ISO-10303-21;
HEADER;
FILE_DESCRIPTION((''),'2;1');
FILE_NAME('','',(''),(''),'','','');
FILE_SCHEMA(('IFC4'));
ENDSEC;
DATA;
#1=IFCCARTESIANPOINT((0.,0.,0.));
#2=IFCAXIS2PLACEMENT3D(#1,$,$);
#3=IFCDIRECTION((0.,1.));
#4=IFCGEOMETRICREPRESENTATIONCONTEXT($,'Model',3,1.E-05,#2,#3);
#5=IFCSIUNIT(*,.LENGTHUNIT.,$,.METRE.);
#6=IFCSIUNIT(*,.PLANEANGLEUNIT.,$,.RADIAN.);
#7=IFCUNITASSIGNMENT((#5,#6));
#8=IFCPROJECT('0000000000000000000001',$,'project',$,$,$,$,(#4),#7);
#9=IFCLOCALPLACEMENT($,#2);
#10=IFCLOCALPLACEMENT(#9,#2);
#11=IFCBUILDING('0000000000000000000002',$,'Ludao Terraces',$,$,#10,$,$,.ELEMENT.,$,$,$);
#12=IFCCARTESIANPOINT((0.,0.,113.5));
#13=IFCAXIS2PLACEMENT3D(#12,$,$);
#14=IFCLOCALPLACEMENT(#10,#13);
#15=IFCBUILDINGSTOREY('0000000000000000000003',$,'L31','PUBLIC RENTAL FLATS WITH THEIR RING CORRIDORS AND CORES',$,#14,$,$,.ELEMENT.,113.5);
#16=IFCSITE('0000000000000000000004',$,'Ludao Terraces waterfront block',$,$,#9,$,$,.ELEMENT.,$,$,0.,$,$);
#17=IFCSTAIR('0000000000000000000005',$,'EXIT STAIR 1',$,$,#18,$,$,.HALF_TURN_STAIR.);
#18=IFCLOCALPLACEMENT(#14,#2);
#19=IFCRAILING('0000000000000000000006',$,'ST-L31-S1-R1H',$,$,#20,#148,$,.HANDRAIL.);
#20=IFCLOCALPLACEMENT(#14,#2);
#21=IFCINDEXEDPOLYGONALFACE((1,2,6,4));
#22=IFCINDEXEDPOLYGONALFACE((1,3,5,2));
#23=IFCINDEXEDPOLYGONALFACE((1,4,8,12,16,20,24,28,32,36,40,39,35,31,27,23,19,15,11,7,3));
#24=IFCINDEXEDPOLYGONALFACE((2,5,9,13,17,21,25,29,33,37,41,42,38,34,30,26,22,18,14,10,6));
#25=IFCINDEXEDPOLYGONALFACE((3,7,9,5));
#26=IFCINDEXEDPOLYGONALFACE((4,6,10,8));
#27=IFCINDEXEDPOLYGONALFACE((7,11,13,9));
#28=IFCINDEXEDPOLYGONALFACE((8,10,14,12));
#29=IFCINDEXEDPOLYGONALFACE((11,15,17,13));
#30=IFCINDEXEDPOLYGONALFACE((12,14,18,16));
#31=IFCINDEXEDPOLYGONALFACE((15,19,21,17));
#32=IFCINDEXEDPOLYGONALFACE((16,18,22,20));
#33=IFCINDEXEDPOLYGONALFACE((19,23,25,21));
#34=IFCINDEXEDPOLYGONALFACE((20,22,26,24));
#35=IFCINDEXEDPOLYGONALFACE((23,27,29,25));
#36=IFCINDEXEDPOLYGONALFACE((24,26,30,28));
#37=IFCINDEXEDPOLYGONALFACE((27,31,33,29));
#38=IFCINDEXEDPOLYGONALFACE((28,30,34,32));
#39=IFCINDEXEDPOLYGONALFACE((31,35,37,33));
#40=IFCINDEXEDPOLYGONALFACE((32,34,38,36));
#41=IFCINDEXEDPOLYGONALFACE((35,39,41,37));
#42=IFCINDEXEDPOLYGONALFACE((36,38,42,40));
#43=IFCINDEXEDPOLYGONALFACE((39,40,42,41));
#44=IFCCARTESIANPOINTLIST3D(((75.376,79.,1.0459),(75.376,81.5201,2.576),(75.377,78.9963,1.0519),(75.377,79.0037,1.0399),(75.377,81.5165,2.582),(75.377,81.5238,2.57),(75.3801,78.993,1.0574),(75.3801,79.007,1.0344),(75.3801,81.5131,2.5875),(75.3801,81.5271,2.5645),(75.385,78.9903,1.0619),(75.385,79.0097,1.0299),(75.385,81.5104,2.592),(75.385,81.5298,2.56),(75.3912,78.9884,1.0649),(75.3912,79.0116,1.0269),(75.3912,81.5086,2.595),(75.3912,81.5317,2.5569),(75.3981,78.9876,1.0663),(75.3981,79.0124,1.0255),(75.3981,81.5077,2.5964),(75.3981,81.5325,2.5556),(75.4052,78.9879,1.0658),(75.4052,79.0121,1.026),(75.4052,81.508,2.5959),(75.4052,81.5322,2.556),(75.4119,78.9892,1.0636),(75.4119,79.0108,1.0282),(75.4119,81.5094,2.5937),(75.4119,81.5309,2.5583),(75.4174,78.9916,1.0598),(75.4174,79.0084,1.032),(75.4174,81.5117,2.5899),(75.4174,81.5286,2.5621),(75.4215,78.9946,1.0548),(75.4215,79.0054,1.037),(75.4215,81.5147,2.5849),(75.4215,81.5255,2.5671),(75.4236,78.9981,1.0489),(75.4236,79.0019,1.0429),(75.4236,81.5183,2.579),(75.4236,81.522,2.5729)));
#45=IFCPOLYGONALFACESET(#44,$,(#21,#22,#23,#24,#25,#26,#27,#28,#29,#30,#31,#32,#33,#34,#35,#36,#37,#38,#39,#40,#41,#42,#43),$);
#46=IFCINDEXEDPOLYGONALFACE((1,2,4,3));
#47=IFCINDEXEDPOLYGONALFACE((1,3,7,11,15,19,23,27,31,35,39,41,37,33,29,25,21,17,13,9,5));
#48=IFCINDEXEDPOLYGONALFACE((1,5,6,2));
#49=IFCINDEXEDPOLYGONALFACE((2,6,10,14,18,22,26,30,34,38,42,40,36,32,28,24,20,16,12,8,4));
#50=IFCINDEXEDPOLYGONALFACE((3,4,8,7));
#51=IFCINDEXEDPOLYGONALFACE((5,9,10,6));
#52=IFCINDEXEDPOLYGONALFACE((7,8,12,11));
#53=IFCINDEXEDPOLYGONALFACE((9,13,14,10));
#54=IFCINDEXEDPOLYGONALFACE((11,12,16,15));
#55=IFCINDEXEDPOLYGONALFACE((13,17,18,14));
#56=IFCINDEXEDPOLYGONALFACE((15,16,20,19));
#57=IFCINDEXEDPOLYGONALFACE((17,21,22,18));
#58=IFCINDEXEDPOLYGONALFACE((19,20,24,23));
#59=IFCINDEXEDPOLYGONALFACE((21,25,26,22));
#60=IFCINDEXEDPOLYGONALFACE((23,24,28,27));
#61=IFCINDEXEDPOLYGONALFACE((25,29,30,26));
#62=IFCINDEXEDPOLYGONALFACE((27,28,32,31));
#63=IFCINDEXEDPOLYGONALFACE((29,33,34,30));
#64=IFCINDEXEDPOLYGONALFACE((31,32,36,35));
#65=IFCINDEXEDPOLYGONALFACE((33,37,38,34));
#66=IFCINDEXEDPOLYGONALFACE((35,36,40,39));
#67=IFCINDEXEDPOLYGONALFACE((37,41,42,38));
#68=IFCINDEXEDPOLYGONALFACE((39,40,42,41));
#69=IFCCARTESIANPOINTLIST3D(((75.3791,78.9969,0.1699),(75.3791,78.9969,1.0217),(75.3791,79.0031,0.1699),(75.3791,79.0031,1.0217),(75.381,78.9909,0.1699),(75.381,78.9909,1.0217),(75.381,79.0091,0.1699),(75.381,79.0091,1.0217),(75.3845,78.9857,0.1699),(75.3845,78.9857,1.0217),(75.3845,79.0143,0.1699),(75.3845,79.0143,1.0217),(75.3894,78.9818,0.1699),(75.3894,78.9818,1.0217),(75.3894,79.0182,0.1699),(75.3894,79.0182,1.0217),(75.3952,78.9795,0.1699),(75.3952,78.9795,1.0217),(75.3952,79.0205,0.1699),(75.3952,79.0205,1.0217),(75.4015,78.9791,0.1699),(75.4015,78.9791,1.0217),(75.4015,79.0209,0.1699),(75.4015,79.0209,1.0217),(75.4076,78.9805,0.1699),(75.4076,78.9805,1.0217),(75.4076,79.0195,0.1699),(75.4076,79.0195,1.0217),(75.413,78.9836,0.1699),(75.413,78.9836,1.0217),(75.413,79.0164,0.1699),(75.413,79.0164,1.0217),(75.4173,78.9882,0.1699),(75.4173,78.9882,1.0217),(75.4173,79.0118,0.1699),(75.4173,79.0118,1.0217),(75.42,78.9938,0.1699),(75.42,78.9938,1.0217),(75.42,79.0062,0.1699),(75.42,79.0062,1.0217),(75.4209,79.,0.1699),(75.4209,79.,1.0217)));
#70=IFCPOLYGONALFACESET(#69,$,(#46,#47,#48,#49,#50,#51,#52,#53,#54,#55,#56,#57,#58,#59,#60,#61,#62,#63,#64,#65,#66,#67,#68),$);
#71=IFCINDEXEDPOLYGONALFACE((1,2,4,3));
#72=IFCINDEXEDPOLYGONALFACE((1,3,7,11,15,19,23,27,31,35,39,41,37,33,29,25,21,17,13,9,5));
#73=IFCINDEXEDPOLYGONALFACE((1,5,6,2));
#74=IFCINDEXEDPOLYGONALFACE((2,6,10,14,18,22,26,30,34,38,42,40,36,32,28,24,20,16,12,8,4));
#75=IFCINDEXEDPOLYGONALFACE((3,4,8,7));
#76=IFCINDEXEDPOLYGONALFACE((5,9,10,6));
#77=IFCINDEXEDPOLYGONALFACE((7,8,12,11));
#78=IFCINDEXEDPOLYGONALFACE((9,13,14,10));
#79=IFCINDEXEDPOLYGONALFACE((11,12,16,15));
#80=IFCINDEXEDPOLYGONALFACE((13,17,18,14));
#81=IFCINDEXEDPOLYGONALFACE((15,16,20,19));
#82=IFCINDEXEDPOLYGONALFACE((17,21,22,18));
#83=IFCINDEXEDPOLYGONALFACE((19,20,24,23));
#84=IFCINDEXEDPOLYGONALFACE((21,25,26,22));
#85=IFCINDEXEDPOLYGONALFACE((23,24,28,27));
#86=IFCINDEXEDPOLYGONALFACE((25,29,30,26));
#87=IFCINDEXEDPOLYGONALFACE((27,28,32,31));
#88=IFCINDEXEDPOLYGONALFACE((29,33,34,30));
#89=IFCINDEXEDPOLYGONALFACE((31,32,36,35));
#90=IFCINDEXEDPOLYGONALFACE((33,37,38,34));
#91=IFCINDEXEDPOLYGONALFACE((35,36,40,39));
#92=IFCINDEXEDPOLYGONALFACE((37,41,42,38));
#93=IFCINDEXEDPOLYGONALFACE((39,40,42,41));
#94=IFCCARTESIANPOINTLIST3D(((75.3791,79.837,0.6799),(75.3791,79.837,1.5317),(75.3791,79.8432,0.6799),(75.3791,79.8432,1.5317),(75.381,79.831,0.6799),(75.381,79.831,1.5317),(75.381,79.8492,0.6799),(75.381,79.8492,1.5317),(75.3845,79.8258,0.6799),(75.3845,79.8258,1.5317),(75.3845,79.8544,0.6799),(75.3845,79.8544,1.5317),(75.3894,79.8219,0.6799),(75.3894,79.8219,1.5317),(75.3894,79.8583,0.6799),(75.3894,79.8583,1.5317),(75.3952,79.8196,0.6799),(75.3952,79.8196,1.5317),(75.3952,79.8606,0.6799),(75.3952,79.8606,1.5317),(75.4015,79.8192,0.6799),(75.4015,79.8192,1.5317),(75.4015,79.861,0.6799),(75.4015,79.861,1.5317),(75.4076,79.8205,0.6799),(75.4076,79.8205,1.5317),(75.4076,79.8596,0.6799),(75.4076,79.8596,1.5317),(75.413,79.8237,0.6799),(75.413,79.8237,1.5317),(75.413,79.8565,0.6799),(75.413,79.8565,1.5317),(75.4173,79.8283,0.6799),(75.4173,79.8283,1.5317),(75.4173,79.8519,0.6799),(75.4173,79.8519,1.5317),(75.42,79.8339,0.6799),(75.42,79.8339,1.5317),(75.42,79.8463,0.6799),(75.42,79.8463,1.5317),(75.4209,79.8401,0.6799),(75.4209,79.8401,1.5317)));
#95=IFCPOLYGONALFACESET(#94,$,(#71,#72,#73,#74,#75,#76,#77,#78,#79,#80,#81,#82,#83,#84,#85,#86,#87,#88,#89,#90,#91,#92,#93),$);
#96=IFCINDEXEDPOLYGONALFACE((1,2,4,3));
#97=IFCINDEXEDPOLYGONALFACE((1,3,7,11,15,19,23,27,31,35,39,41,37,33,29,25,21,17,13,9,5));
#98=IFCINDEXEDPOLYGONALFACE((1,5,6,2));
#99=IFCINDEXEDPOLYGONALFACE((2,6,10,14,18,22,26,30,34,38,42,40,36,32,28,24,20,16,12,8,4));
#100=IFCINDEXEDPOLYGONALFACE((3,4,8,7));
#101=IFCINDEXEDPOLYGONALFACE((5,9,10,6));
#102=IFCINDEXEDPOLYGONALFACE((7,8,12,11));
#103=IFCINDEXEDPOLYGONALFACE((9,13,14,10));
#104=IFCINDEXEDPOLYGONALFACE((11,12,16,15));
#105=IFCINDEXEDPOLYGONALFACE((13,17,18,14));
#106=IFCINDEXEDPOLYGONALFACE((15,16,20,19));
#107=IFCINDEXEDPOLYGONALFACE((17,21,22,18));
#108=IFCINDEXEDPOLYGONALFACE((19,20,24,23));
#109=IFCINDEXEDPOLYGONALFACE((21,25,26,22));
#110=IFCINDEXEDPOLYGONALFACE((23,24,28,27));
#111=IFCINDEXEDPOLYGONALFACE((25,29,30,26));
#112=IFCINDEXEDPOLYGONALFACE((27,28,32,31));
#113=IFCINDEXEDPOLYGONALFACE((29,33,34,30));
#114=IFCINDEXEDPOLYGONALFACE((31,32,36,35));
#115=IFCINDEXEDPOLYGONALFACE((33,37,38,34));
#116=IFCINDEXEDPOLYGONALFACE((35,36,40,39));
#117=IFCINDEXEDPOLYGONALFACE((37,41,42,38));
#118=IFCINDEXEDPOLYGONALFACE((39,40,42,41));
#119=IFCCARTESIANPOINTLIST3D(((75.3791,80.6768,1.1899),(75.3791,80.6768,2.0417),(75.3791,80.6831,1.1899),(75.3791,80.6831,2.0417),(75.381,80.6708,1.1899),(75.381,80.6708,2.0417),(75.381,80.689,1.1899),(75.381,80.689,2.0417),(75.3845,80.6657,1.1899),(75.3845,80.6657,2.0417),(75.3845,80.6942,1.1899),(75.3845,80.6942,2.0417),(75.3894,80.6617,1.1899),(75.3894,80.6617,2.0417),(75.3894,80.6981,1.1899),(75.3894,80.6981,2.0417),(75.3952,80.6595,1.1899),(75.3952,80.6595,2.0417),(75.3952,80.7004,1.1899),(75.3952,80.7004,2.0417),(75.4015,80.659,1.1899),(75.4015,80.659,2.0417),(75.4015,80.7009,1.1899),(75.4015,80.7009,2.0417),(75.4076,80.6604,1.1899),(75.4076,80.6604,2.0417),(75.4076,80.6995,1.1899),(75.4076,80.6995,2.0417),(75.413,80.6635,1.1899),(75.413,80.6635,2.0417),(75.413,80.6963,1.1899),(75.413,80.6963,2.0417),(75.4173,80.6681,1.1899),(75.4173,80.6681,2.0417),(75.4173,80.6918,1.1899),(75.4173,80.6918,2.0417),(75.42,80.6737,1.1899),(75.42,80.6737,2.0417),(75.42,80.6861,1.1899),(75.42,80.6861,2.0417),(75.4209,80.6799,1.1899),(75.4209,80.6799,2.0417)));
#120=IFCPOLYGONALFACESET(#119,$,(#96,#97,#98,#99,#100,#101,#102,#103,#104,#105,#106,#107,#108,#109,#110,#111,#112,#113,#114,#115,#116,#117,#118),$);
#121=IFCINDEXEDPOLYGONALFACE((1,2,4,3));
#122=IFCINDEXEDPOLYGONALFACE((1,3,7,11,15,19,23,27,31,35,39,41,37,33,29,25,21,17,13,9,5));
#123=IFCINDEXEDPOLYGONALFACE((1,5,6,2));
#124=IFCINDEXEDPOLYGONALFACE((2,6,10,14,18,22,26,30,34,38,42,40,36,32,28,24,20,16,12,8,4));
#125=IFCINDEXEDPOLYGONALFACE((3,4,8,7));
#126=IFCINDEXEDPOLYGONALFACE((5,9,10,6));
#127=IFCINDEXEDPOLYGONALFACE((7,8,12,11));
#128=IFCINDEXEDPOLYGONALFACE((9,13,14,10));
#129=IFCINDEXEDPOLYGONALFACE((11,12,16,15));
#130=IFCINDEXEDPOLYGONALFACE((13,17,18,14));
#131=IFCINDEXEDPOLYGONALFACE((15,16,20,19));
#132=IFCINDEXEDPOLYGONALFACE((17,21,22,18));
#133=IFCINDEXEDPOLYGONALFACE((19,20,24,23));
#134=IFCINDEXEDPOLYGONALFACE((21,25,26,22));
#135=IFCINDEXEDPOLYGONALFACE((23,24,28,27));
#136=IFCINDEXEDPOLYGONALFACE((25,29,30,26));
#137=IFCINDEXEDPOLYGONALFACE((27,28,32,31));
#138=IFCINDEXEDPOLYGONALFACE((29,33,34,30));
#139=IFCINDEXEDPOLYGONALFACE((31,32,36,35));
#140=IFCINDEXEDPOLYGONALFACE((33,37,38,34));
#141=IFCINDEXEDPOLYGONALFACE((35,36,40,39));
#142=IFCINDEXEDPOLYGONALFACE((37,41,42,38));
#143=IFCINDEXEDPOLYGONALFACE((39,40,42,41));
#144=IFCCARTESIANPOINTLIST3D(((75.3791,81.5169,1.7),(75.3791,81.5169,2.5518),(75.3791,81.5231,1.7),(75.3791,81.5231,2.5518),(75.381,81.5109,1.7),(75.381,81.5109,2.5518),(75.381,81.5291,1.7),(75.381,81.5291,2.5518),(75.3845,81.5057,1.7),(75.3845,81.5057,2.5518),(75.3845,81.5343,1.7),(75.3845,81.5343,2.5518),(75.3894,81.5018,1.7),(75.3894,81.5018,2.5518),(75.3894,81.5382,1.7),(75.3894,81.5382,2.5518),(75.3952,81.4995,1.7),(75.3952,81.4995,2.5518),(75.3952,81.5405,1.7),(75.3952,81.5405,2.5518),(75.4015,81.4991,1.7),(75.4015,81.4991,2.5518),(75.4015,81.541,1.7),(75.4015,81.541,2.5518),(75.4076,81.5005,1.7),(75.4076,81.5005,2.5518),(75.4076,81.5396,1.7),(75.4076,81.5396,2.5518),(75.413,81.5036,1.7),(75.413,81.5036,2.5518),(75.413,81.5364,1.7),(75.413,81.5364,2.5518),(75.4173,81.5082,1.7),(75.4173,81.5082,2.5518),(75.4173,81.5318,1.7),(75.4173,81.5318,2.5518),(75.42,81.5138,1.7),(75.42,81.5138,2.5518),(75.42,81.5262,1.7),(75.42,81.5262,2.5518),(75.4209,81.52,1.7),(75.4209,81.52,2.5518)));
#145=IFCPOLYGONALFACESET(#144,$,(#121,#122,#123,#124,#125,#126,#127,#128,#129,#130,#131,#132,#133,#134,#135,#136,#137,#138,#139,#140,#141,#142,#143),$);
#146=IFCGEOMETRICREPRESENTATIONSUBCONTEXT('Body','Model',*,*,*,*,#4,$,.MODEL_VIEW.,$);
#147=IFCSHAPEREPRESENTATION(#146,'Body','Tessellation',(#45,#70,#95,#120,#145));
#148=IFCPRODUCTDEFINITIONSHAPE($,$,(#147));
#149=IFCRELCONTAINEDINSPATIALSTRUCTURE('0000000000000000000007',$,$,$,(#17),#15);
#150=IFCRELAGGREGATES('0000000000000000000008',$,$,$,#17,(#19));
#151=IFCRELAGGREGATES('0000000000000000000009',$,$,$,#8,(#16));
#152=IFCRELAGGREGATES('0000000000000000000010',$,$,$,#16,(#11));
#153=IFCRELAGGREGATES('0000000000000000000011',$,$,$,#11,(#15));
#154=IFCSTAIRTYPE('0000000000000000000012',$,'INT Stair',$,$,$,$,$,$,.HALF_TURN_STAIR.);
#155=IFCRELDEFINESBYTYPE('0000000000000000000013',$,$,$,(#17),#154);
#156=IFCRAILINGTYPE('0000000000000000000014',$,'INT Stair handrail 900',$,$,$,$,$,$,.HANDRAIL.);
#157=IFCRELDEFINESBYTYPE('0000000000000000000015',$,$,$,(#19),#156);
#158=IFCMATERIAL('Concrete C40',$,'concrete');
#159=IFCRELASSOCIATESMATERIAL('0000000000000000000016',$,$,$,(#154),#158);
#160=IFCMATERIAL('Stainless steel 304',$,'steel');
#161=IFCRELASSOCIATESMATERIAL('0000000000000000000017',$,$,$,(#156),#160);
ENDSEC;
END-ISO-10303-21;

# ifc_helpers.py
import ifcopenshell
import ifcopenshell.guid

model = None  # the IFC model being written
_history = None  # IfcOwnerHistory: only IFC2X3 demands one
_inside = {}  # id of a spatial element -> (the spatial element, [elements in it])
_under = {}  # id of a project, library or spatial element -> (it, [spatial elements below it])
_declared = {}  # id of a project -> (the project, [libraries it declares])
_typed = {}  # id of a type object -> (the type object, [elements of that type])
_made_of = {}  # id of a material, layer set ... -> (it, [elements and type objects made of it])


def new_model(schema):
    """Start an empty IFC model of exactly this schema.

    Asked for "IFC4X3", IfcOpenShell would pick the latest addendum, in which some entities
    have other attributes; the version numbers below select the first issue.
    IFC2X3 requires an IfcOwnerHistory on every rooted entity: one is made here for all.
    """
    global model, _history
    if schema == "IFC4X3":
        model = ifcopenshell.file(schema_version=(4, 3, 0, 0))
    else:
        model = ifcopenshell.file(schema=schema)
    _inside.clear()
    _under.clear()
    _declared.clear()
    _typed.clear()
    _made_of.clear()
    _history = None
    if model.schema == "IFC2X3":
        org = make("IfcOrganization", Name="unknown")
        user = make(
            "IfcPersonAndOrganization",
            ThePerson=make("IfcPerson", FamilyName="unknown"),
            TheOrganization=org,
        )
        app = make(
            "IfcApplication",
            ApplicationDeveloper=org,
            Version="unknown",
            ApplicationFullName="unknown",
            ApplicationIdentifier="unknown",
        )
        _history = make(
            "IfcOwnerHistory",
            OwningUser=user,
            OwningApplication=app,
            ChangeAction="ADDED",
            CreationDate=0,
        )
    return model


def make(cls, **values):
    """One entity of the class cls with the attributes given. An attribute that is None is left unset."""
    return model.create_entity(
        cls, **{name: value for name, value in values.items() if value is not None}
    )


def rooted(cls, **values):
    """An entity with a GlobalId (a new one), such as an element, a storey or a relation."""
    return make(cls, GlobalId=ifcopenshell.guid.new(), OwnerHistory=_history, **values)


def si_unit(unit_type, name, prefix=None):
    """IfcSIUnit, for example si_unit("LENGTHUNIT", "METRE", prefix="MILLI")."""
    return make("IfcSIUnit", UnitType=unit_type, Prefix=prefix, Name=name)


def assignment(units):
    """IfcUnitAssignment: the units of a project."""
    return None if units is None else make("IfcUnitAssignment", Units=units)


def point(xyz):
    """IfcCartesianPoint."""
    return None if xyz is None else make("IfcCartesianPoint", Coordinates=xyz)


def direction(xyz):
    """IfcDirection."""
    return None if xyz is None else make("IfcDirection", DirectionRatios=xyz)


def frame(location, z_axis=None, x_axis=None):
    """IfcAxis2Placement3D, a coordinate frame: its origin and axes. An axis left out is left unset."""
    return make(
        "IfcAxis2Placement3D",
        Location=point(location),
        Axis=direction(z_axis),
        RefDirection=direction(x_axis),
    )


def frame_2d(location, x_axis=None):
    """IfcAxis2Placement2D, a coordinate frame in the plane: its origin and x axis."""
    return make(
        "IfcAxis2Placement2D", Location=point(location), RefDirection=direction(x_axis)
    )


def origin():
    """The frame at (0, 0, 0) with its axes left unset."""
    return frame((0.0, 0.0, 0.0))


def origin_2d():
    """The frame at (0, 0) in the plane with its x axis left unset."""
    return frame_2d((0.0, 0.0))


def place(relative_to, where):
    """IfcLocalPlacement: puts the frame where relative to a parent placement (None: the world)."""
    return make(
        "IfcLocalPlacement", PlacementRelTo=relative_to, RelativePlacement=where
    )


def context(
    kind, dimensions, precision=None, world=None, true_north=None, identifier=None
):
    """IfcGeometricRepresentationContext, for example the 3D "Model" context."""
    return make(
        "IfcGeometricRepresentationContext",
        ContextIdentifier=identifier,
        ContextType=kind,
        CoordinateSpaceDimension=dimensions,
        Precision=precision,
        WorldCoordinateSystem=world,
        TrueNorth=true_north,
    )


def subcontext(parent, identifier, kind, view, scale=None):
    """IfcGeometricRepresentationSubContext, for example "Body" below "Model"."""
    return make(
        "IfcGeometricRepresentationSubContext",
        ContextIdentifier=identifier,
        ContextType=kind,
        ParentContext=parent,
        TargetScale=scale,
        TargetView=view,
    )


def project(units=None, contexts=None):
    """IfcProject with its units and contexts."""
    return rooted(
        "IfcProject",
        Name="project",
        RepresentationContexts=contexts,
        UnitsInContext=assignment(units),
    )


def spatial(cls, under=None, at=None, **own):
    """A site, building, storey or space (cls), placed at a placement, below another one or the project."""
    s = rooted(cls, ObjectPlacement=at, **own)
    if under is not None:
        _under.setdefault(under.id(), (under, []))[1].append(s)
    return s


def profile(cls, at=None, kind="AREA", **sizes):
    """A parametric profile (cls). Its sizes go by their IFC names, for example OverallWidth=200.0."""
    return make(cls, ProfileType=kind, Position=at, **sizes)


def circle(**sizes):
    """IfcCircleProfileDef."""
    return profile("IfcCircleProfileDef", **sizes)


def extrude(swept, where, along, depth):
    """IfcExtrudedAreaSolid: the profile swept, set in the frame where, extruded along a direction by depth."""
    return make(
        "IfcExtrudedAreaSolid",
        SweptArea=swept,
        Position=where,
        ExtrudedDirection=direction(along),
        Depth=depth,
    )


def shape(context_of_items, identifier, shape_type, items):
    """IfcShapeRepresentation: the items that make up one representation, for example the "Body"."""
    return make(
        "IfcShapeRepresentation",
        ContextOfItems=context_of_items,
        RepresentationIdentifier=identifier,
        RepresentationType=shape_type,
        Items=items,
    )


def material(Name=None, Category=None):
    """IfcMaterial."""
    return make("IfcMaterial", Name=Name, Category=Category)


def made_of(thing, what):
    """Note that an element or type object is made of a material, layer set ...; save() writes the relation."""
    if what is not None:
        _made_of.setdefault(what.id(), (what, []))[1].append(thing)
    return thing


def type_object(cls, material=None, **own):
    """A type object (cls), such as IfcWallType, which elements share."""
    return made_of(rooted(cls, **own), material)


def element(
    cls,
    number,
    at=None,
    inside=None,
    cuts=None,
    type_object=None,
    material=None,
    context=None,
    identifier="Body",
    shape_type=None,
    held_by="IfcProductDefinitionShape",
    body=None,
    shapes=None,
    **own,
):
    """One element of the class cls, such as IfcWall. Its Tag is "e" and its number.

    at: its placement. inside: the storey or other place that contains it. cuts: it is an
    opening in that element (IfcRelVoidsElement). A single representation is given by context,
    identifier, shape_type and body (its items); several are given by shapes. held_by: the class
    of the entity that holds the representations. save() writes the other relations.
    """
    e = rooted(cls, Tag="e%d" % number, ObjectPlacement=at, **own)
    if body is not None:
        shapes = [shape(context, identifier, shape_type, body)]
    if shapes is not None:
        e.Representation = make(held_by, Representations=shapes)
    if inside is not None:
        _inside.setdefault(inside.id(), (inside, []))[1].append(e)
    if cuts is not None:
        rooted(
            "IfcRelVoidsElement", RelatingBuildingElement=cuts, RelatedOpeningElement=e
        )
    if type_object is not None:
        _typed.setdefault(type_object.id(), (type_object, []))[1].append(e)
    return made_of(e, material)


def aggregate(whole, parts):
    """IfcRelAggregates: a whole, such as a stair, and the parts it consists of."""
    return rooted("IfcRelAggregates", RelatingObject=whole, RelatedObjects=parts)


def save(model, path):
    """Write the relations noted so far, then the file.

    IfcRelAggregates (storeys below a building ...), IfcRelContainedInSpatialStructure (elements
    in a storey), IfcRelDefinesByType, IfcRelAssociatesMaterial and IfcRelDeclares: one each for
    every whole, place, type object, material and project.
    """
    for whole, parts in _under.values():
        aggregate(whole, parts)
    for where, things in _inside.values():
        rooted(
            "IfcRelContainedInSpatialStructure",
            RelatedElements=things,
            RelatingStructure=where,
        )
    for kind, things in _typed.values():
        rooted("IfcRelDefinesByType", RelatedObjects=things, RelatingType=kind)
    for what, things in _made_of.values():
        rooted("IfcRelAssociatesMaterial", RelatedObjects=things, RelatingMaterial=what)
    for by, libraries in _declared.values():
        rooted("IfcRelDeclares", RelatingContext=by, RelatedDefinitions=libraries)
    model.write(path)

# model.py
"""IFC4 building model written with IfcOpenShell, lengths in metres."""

from ifc_helpers import new_model, si_unit, direction, frame, origin, origin_2d, place, context, subcontext, project, spatial, circle, extrude, material, type_object, element, aggregate, save


model = new_model("IFC4")

# Units and contexts
model_context = context("Model", 3, precision=1e-05, world=origin(), true_north=direction((0.0, 1.0)))
body_context = subcontext(model_context, "Body", "Model", "MODEL_VIEW")
ifc_project = project(units=[si_unit("LENGTHUNIT", "METRE"), si_unit("PLANEANGLEUNIT", "RADIAN")], contexts=[model_context])

# Site, building, storey
site_placement = place(None, origin())
site = spatial("IfcSite", under=ifc_project, at=site_placement, Name="Ludao Terraces waterfront block", CompositionType="ELEMENT", RefElevation=0.0)
building_placement = place(site_placement, origin())
building = spatial("IfcBuilding", under=site, at=building_placement, Name="Ludao Terraces", CompositionType="ELEMENT")
storey_placement = place(building_placement, frame((0.0, 0.0, 113.5)))
storey = spatial("IfcBuildingStorey", under=building, at=storey_placement, Name="L31", Description="PUBLIC RENTAL FLATS WITH THEIR RING CORRIDORS AND CORES", CompositionType="ELEMENT", Elevation=113.5)

# Shared definitions
ifc_material_1 = material(Name="Concrete C40", Category="concrete")

# Stair, railing
stair_type = type_object("IfcStairType", Name="INT Stair", PredefinedType="HALF_TURN_STAIR", material=ifc_material_1)
stair_placement = place(storey_placement, origin())
stair = element("IfcStair", 1, at=stair_placement, inside=storey, type_object=stair_type, Name="EXIT STAIR 1", PredefinedType="HALF_TURN_STAIR")
ifc_material_2 = material(Name="Stainless steel 304", Category="steel")
railing_type = type_object("IfcRailingType", Name="INT Stair handrail 900", PredefinedType="HANDRAIL", material=ifc_material_2)
railing_placement = place(storey_placement, frame((75.3999, 79.0, 0.1699)))
railing = element("IfcRailing", 2, at=railing_placement, type_object=railing_type, Name="ST-L31-S1-R1H", PredefinedType="HANDRAIL", context=body_context, shape_type="SweptSolid", body=[
    extrude(circle(Radius=0.0239, at=origin_2d()), frame((0.0, 0.0, 0.876), z_axis=(0.0, 0.854785, 0.518982), x_axis=(-1.0, 0.0, 0.0)), (0.0, 0.0, 1.0), 2.9482),
    extrude(circle(Radius=0.021, at=origin_2d()), origin(), (0.0, 0.0, 1.0), 0.8518),
    extrude(circle(Radius=0.021, at=origin_2d()), frame((0.0, 0.8401, 0.51)), (0.0, 0.0, 1.0), 0.8518),
    extrude(circle(Radius=0.021, at=origin_2d()), frame((0.0, 1.6799, 1.02)), (0.0, 0.0, 1.0), 0.8518),
    extrude(circle(Radius=0.021, at=origin_2d()), frame((0.0, 2.52, 1.53)), (0.0, 0.0, 1.0), 0.8518),
])
aggregate(stair, [railing])

save(model, "model.ifc")
